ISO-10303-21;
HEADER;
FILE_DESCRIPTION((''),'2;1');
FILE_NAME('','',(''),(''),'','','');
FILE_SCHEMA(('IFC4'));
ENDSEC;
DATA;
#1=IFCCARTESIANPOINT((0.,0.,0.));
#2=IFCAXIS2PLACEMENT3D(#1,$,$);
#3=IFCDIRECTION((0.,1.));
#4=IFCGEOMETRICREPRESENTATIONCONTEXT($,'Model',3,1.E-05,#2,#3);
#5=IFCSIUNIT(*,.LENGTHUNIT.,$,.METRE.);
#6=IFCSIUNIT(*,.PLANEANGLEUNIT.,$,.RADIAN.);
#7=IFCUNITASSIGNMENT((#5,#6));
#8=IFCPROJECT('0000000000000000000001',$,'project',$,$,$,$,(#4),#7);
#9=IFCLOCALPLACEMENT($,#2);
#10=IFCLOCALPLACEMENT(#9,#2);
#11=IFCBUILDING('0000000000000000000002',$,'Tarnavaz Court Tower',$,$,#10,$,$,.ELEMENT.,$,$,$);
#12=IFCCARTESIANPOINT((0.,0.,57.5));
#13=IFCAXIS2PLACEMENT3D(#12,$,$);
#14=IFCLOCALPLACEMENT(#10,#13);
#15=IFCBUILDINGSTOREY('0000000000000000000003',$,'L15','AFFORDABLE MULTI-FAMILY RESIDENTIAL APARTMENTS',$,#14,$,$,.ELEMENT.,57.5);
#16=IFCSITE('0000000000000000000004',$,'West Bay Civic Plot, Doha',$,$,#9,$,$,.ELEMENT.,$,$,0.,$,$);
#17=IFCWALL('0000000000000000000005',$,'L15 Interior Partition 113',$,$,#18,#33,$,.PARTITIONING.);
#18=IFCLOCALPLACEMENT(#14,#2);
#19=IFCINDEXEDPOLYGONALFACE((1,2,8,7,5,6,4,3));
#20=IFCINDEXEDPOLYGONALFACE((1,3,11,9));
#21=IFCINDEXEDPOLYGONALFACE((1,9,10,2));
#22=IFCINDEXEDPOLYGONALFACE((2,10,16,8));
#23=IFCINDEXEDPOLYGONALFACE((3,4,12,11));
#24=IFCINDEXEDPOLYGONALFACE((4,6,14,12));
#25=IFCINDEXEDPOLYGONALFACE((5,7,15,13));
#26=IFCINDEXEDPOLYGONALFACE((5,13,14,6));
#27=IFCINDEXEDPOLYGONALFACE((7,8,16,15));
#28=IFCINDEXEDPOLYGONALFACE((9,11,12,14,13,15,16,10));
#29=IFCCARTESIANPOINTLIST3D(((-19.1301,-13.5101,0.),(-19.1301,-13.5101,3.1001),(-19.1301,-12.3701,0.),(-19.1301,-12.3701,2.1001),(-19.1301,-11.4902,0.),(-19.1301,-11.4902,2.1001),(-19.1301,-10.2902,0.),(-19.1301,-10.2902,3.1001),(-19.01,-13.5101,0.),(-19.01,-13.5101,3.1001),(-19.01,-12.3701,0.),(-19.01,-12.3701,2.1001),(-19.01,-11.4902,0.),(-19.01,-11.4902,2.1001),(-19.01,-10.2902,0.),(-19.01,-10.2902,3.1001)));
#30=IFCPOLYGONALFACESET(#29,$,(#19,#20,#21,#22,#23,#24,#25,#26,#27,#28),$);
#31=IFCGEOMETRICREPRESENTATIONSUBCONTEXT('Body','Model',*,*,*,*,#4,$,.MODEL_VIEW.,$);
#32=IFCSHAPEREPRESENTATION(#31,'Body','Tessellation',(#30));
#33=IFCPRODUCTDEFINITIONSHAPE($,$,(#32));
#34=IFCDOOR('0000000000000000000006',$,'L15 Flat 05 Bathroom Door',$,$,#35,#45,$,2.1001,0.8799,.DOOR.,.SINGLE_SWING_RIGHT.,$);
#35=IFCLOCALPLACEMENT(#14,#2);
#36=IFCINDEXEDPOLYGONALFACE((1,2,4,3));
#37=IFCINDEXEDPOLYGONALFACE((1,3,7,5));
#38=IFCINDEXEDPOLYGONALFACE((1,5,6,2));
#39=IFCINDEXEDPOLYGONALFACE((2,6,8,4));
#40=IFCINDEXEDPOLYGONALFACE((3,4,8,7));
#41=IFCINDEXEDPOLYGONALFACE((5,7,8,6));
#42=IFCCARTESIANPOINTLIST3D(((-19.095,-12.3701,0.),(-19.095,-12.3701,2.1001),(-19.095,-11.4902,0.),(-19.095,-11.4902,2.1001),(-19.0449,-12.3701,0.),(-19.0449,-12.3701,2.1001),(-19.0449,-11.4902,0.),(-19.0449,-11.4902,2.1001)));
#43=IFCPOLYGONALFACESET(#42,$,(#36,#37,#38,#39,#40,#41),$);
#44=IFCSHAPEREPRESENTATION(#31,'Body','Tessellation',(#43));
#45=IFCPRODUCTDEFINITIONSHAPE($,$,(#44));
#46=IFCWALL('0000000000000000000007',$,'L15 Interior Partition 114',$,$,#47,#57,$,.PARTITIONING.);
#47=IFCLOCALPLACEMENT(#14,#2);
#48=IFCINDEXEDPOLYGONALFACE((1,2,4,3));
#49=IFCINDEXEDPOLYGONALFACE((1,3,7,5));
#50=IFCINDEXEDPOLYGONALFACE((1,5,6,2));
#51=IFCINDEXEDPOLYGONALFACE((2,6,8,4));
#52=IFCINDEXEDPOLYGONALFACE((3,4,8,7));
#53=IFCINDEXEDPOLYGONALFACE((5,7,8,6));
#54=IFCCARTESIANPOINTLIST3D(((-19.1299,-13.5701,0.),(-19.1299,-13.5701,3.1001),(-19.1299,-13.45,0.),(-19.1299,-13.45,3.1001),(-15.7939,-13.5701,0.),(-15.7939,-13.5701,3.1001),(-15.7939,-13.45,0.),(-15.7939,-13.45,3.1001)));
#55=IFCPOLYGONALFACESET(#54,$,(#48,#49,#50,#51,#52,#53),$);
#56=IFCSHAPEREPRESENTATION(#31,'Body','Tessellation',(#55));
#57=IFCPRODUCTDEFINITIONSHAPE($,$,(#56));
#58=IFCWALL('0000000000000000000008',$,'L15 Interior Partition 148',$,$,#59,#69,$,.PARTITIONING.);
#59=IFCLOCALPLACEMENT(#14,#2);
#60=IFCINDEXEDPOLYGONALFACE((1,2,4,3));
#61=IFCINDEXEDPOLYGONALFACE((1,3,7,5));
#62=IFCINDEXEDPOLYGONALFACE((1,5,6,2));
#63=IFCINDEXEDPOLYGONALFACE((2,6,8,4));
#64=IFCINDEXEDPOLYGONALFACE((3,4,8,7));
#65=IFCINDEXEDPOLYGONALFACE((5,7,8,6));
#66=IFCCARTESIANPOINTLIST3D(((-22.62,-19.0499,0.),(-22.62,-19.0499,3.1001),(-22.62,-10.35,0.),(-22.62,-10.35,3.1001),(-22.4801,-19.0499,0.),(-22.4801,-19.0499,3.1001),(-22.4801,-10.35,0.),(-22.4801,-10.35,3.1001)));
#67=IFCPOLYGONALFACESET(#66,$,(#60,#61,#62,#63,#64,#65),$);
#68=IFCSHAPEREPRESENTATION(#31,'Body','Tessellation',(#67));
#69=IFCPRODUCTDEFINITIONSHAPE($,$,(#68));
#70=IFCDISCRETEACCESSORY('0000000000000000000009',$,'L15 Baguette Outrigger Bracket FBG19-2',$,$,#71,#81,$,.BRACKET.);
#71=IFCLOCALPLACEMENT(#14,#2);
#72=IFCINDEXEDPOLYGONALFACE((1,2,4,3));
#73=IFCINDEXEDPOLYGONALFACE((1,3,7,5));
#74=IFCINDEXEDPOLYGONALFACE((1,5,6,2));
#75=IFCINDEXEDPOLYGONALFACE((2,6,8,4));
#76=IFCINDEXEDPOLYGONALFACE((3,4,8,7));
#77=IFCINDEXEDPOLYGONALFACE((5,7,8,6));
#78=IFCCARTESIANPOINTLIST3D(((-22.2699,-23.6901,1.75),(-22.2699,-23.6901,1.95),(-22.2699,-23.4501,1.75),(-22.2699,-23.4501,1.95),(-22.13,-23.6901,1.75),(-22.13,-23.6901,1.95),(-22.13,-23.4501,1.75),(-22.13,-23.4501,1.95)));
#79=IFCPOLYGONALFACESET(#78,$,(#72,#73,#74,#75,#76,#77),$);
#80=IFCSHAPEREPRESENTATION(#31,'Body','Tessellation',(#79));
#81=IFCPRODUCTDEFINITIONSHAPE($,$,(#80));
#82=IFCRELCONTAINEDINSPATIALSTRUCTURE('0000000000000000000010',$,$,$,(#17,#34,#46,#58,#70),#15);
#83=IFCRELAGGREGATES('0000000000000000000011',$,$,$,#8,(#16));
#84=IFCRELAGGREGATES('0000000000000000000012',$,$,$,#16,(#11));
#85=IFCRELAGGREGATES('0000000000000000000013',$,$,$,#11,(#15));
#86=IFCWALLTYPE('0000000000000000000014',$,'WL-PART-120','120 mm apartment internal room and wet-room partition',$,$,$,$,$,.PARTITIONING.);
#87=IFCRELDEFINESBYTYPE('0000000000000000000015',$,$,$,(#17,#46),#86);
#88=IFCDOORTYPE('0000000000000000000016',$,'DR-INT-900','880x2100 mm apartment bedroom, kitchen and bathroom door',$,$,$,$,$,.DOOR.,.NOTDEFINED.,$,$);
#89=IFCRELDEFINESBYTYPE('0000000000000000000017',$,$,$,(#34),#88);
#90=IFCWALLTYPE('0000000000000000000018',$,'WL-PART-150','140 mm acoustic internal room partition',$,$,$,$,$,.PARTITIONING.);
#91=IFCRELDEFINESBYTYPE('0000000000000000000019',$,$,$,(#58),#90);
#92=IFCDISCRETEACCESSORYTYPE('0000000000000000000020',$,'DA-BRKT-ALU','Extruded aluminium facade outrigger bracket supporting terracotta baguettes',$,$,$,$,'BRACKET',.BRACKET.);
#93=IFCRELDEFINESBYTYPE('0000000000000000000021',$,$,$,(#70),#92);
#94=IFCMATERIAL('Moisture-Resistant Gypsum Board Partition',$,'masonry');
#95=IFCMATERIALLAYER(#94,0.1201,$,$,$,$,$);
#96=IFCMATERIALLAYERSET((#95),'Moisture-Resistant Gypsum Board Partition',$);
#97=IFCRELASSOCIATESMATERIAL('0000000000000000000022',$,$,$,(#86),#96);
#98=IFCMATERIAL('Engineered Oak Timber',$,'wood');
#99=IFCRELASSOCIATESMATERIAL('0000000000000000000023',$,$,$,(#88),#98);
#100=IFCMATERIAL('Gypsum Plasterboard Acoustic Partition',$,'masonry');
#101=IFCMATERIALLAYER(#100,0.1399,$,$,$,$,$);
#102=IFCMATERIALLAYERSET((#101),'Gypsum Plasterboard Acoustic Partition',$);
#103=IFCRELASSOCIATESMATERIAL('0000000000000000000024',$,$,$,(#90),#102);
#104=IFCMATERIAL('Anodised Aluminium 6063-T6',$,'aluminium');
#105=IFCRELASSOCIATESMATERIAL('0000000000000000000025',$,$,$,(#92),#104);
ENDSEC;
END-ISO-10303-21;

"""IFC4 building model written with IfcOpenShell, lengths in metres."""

from ifc_helpers import new_model, si_unit, direction, frame, frame_2d, origin, origin_2d, place, context, subcontext, project, spatial, rectangle, extrude, material, layer, layer_set, type_object, element, fill, save


model = new_model("IFC4")

# Units and contexts
model_context = context("Model", 3, precision=1e-05, world=origin(), true_north=direction((0.0, 1.0)))
body_context = subcontext(model_context, "Body", "Model", "MODEL_VIEW")
ifc_project = project(units=[si_unit("LENGTHUNIT", "METRE"), si_unit("PLANEANGLEUNIT", "RADIAN")], contexts=[model_context])

# Site, building, storey
site_placement = place(None, origin())
site = spatial("IfcSite", under=ifc_project, at=site_placement, Name="West Bay Civic Plot, Doha", CompositionType="ELEMENT", RefElevation=0.0)
building_placement = place(site_placement, origin())
building = spatial("IfcBuilding", under=site, at=building_placement, Name="Tarnavaz Court Tower", CompositionType="ELEMENT")
storey_placement = place(building_placement, frame((0.0, 0.0, 57.5)))
storey = spatial("IfcBuildingStorey", under=building, at=storey_placement, Name="L15", Description="AFFORDABLE MULTI-FAMILY RESIDENTIAL APARTMENTS", CompositionType="ELEMENT", Elevation=57.5)

# Wall, opening, door
ifc_material_1 = material(Name="Moisture-Resistant Gypsum Board Partition", Category="masonry")
ifc_layer_1 = layer(ifc_material_1, 0.1201)
ifc_layer_set_1 = layer_set([ifc_layer_1], Name="Moisture-Resistant Gypsum Board Partition")
wall_type_1 = type_object("IfcWallType", Name="WL-PART-120", Description="120 mm apartment internal room and wet-room partition", PredefinedType="PARTITIONING", material=ifc_layer_set_1)
ifc_material_2 = material(Name="Engineered Oak Timber", Category="wood")
door_type_1 = type_object("IfcDoorType", Name="DR-INT-900", Description="880x2100 mm apartment bedroom, kitchen and bathroom door", OperationType="NOTDEFINED", PredefinedType="DOOR", material=ifc_material_2)
wall_1_placement = place(storey_placement, frame((-19.0701, -13.51, 0.0), z_axis=(0.0, 0.0, 1.0), x_axis=(0.0, 1.0, 0.0)))
wall_1 = element("IfcWall", 1, at=wall_1_placement, inside=storey, type_object=wall_type_1, Name="L15 Interior Partition 113", PredefinedType="PARTITIONING", context=body_context, shape_type="SweptSolid", body=[
    extrude(rectangle(XDim=3.22, YDim=0.1201, at=frame_2d((1.6099, 0.0))), origin(), (0.0, 0.0, 1.0), 3.1001),
])
opening_1_placement = place(wall_1_placement, frame((1.1399, 0.0, 0.0)))
opening_1 = element("IfcOpeningElement", 2, at=opening_1_placement, cuts=wall_1, PredefinedType="OPENING", context=body_context, shape_type="SweptSolid", body=[
    extrude(rectangle(XDim=0.8799, YDim=2.1001, at=frame_2d((0.4399, 1.05))), frame((0.0, 0.0701, 0.0), z_axis=(0.0, -1.0, 0.0), x_axis=(1.0, 0.0, 0.0)), (0.0, 0.0, 1.0), 0.1401),
])
door_1_placement = place(opening_1_placement, origin())
door_1 = element("IfcDoor", 3, at=door_1_placement, inside=storey, type_object=door_type_1, Name="L15 Flat 05 Bathroom Door", OperationType="SINGLE_SWING_RIGHT", OverallHeight=2.1001, OverallWidth=0.8799, PredefinedType="DOOR", context=body_context, shape_type="SweptSolid", body=[
    extrude(rectangle(XDim=0.8799, YDim=2.1001, at=frame_2d((0.4399, 1.05))), frame((0.0, 0.0249, 0.0), z_axis=(0.0, -1.0, 0.0), x_axis=(1.0, 0.0, 0.0)), (0.0, 0.0, 1.0), 0.05),
])
fill(opening_1, door_1)

# Walls
wall_2_placement = place(storey_placement, frame((-19.1299, -13.51, 0.0), z_axis=(0.0, 0.0, 1.0), x_axis=(1.0, 0.0, 0.0)))
element("IfcWall", 4, at=wall_2_placement, inside=storey, type_object=wall_type_1, Name="L15 Interior Partition 114", PredefinedType="PARTITIONING", context=body_context, shape_type="SweptSolid", body=[
    extrude(rectangle(XDim=3.3359, YDim=0.1201, at=frame_2d((1.668, 0.0))), origin(), (0.0, 0.0, 1.0), 3.1001),
])
ifc_material_3 = material(Name="Gypsum Plasterboard Acoustic Partition", Category="masonry")
ifc_layer_2 = layer(ifc_material_3, 0.1399)
ifc_layer_set_2 = layer_set([ifc_layer_2], Name="Gypsum Plasterboard Acoustic Partition")
wall_type_2 = type_object("IfcWallType", Name="WL-PART-150", Description="140 mm acoustic internal room partition", PredefinedType="PARTITIONING", material=ifc_layer_set_2)
wall_3_placement = place(storey_placement, frame((-22.55, -19.05, 0.0), z_axis=(0.0, 0.0, 1.0), x_axis=(0.0, 1.0, 0.0)))
element("IfcWall", 5, at=wall_3_placement, inside=storey, type_object=wall_type_2, Name="L15 Interior Partition 148", PredefinedType="PARTITIONING", context=body_context, shape_type="SweptSolid", body=[
    extrude(rectangle(XDim=8.7, YDim=0.1399, at=frame_2d((4.3501, 0.0))), origin(), (0.0, 0.0, 1.0), 3.1001),
])

# Discrete accessory
ifc_material_4 = material(Name="Anodised Aluminium 6063-T6", Category="aluminium")
discrete_accessory_type = type_object("IfcDiscreteAccessoryType", Name="DA-BRKT-ALU", Description="Extruded aluminium facade outrigger bracket supporting terracotta baguettes", ElementType="BRACKET", PredefinedType="BRACKET", material=ifc_material_4)
discrete_accessory_placement = place(storey_placement, frame((-22.2, -23.5701, 1.75), z_axis=(0.0, 0.0, 1.0), x_axis=(-1.0, 0.0, 0.0)))
element("IfcDiscreteAccessory", 6, at=discrete_accessory_placement, inside=storey, type_object=discrete_accessory_type, Name="L15 Baguette Outrigger Bracket FBG19-2", PredefinedType="BRACKET", context=body_context, shape_type="SweptSolid", body=[
    extrude(rectangle(XDim=0.1399, YDim=0.24, at=origin_2d()), origin(), (0.0, 0.0, 1.0), 0.2),
])

save(model, "model.ifc")
